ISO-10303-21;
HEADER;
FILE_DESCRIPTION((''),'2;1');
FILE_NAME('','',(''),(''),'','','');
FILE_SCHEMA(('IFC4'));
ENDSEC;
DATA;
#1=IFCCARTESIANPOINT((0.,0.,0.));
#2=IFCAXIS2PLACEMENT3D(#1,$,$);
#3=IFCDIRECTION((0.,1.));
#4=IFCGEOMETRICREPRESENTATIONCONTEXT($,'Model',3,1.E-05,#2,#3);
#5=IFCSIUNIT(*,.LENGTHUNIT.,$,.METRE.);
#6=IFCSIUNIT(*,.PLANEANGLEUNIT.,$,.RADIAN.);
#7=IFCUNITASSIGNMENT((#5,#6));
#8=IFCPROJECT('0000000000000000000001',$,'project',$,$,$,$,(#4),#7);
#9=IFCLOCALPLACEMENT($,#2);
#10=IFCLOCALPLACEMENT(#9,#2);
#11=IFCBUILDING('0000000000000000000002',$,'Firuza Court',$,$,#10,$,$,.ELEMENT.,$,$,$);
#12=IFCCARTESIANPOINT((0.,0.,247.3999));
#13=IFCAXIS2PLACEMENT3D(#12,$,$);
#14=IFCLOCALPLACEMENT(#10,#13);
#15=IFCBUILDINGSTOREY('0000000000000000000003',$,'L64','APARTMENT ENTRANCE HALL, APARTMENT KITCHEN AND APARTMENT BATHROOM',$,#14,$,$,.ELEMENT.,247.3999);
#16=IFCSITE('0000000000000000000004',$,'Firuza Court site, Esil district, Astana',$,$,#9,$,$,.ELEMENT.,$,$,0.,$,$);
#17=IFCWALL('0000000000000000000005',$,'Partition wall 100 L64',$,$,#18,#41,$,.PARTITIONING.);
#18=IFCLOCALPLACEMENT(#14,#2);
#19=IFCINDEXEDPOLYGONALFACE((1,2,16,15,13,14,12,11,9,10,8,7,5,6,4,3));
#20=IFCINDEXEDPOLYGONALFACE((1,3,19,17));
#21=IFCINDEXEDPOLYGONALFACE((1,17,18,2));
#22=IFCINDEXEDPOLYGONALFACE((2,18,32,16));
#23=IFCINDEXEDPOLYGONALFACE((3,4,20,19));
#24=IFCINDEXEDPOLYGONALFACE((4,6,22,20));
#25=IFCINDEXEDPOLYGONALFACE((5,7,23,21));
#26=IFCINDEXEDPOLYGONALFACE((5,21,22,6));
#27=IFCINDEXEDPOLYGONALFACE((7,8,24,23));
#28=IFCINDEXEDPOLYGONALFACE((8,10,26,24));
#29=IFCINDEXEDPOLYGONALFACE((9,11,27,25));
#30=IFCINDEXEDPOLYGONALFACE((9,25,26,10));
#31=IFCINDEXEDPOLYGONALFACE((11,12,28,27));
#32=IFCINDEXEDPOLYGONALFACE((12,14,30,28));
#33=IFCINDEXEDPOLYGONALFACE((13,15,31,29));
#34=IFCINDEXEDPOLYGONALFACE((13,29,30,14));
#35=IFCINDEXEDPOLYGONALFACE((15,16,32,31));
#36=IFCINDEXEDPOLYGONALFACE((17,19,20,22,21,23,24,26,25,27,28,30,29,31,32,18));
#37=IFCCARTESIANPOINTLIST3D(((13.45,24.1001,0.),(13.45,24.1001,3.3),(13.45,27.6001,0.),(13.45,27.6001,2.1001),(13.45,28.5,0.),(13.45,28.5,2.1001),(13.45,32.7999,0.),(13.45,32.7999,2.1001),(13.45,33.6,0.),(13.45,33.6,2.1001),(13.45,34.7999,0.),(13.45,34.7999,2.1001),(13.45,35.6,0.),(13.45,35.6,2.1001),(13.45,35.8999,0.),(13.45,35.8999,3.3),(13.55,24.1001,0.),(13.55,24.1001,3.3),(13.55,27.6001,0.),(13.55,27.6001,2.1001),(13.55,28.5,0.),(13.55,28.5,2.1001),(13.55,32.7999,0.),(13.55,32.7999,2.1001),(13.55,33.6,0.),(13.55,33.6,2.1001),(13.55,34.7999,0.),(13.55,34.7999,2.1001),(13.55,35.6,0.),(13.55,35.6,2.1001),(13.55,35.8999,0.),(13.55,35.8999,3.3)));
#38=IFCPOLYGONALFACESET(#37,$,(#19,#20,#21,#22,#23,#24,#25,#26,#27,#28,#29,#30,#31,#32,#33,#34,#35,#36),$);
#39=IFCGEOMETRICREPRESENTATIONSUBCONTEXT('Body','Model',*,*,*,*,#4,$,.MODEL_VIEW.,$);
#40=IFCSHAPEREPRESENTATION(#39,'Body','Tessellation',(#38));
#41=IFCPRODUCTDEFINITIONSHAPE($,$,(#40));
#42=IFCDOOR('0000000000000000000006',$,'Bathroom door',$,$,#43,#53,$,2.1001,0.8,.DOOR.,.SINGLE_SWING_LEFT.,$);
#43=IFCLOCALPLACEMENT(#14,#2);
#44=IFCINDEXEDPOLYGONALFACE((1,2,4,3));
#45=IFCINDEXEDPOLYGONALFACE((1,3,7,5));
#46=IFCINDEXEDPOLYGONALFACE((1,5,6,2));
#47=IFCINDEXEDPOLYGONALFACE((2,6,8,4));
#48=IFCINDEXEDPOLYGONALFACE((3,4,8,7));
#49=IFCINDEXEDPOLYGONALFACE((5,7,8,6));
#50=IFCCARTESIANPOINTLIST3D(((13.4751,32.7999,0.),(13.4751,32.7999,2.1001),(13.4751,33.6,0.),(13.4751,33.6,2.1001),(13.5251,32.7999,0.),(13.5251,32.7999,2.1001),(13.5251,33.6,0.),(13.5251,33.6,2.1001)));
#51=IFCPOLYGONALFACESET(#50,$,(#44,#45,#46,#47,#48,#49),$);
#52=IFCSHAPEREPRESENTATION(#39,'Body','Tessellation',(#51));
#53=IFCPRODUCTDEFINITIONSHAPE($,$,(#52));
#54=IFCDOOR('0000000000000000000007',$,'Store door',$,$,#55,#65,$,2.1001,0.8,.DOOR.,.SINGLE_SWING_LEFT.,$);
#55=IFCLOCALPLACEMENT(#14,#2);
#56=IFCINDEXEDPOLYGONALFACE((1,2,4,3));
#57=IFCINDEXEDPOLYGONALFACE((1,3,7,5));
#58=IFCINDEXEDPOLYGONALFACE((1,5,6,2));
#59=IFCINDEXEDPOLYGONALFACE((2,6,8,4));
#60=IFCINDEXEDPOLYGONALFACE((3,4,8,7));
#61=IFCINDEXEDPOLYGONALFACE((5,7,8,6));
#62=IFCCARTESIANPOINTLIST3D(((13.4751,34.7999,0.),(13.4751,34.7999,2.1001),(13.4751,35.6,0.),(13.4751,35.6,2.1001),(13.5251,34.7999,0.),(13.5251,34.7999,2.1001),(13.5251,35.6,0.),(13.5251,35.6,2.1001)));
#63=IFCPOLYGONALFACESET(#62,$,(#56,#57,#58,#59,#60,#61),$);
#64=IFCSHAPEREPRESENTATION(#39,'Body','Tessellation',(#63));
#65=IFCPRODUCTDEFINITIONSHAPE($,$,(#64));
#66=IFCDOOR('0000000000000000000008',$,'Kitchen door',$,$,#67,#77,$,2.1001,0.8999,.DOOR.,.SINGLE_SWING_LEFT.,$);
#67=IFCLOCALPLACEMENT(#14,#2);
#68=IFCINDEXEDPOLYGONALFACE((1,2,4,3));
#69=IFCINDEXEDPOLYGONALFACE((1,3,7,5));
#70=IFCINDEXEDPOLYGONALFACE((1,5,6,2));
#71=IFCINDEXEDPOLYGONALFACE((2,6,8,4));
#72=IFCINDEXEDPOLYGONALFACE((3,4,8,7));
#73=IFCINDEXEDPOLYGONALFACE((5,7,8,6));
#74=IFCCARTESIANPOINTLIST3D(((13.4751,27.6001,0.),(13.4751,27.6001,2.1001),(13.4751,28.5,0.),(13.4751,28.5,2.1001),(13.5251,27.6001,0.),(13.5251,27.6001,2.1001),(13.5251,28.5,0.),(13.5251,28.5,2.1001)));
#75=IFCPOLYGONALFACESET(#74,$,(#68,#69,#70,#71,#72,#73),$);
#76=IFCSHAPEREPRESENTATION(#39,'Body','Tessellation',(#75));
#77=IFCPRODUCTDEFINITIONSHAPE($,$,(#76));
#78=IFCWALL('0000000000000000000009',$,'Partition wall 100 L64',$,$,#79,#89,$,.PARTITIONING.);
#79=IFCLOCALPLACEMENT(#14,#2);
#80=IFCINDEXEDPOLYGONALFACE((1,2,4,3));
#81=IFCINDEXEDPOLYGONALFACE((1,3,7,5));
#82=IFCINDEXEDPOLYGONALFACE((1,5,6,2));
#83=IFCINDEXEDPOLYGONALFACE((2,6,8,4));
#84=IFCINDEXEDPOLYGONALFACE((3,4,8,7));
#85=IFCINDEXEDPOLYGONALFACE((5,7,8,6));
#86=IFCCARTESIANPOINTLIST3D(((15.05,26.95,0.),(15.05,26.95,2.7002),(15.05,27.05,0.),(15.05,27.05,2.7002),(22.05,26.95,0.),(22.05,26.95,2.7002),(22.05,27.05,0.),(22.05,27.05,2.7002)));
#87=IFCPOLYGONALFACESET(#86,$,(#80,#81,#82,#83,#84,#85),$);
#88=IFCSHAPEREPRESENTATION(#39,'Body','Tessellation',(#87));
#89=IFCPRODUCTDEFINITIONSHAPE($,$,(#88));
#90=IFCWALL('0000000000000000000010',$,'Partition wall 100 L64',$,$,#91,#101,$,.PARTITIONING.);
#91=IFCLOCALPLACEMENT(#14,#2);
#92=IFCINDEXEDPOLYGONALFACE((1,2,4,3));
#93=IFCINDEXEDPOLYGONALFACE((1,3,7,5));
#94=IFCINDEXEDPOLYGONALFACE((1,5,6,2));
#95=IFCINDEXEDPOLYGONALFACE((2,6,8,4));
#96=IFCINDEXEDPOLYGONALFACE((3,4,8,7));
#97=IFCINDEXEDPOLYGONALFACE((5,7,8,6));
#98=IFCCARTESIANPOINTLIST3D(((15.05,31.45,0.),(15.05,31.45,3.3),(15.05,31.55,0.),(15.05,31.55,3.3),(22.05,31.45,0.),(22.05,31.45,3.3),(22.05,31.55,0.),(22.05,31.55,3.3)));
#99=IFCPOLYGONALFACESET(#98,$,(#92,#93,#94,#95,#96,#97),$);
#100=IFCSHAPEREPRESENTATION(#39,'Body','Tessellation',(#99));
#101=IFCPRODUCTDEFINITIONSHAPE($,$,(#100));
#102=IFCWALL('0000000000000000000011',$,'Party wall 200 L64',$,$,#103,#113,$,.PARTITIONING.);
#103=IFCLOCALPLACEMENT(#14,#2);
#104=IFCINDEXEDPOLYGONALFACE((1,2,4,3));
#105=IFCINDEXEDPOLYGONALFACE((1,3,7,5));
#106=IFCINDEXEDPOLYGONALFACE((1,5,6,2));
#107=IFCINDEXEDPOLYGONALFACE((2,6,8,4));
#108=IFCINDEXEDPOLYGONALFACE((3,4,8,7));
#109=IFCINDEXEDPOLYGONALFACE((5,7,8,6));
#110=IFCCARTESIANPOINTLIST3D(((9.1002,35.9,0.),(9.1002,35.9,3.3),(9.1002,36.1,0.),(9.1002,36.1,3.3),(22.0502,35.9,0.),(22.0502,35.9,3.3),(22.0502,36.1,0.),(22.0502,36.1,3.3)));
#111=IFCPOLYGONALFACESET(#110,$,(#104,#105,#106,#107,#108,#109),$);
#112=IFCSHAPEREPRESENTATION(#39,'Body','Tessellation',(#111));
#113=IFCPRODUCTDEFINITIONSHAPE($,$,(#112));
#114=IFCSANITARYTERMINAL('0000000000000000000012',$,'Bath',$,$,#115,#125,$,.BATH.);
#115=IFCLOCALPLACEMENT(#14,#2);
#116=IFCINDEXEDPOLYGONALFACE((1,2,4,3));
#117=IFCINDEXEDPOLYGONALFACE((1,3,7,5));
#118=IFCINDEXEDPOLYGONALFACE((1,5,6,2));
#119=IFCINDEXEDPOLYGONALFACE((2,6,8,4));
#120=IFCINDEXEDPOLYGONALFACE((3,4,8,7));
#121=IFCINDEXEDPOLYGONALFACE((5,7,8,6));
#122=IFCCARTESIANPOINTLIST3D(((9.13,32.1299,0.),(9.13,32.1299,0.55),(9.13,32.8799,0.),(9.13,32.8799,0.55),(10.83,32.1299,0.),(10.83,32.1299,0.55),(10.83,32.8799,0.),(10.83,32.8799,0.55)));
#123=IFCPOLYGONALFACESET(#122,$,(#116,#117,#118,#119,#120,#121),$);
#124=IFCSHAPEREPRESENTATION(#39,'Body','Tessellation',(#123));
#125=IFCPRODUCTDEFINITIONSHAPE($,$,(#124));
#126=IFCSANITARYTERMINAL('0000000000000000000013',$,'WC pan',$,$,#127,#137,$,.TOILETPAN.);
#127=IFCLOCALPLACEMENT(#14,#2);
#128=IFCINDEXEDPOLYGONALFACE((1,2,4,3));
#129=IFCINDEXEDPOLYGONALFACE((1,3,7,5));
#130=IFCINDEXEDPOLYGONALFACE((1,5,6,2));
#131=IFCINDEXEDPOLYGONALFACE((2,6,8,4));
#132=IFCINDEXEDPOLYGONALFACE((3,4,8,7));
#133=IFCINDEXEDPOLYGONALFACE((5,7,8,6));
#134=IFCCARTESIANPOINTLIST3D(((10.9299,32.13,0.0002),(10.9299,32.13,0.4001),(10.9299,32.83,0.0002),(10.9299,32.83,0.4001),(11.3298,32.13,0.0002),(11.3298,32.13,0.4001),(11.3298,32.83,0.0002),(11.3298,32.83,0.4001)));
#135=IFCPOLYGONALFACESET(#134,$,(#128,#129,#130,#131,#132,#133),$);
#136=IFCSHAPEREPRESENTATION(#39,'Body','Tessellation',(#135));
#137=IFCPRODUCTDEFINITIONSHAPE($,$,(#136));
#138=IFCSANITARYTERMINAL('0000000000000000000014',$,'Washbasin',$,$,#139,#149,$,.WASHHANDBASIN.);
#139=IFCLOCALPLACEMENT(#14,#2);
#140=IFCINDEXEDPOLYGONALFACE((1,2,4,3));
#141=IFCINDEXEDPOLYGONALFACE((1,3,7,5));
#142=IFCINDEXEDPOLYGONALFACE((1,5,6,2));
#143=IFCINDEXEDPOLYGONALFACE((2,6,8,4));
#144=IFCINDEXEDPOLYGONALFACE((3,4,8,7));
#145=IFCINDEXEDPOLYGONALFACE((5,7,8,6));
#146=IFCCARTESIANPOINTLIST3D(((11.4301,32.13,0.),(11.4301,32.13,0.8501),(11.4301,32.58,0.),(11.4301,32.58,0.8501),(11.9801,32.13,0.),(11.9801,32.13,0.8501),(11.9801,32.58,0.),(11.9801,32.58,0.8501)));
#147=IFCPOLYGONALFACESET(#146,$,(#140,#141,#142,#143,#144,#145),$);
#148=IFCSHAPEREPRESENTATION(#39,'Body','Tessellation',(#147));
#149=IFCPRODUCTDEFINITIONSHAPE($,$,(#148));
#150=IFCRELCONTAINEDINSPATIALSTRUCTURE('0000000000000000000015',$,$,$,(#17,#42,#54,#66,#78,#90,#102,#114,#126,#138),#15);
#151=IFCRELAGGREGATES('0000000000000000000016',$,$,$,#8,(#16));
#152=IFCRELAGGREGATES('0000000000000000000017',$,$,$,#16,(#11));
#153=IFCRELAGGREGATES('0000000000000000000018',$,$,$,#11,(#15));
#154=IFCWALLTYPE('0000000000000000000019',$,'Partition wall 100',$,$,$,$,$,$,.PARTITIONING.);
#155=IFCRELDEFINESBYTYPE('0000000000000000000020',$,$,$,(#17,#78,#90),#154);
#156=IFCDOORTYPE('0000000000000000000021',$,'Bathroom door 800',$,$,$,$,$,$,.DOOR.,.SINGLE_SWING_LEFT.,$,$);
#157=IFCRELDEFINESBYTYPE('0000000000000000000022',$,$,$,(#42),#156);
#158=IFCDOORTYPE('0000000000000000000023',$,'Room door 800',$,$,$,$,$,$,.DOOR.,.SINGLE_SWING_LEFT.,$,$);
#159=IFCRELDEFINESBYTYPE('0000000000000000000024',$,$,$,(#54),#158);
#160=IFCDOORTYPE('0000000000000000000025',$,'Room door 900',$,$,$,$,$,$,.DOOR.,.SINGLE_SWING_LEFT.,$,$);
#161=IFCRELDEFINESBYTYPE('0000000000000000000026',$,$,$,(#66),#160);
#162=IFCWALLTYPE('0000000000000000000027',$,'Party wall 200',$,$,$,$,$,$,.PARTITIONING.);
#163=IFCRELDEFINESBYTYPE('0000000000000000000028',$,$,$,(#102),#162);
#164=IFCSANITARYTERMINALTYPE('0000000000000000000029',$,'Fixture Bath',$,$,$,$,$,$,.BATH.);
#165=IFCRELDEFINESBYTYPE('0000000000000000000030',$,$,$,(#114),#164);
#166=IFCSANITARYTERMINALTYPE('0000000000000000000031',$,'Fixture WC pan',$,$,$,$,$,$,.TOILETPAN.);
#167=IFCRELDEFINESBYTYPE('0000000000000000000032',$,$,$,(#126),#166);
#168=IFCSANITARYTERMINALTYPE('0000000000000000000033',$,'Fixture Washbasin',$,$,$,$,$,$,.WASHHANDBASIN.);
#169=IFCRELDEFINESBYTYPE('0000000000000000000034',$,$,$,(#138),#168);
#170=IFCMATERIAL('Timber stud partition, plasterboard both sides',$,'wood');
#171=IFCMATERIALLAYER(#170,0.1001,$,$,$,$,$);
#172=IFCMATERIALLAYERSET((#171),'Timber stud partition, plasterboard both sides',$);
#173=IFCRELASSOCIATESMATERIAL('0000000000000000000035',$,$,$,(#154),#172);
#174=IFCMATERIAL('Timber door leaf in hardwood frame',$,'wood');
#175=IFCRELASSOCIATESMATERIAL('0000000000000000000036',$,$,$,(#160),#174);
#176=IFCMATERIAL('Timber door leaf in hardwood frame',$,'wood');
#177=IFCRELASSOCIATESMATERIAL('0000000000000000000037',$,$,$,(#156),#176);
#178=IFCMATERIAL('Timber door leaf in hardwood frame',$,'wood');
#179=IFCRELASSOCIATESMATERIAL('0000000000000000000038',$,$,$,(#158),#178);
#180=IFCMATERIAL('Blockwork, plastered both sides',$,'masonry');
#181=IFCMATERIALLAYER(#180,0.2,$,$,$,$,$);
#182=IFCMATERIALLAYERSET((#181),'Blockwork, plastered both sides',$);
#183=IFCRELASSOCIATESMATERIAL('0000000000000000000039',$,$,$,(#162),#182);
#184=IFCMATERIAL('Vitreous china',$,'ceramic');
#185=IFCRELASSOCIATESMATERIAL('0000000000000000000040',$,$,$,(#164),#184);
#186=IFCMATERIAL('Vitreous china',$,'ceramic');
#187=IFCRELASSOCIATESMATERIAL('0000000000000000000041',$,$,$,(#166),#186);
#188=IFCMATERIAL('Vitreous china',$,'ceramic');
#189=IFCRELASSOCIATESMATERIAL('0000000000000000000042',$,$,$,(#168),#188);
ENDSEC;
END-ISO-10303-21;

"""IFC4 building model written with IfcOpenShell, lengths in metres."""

from ifc_helpers import new_model, si_unit, direction, frame, frame_2d, origin, origin_2d, place, context, subcontext, project, spatial, rectangle, extrude, material, layer, layer_set, type_object, element, fill, save


model = new_model("IFC4")

# Units and contexts
model_context = context("Model", 3, precision=1e-05, world=origin(), true_north=direction((0.0, 1.0)))
body_context = subcontext(model_context, "Body", "Model", "MODEL_VIEW")
ifc_project = project(units=[si_unit("LENGTHUNIT", "METRE"), si_unit("PLANEANGLEUNIT", "RADIAN")], contexts=[model_context])

# Site, building, storey
site_placement = place(None, origin())
site = spatial("IfcSite", under=ifc_project, at=site_placement, Name="Firuza Court site, Esil district, Astana", CompositionType="ELEMENT", RefElevation=0.0)
building_placement = place(site_placement, origin())
building = spatial("IfcBuilding", under=site, at=building_placement, Name="Firuza Court", CompositionType="ELEMENT")
storey_placement = place(building_placement, frame((0.0, 0.0, 247.3999)))
storey = spatial("IfcBuildingStorey", under=building, at=storey_placement, Name="L64", Description="APARTMENT ENTRANCE HALL, APARTMENT KITCHEN AND APARTMENT BATHROOM", CompositionType="ELEMENT", Elevation=247.3999)

# Shared definitions
ifc_material_1 = material(Name="Blockwork, plastered both sides", Category="masonry")

# Shared definitions
ifc_material_2 = material(Name="Timber stud partition, plasterboard both sides", Category="wood")
ifc_layer_1 = layer(ifc_material_2, 0.1001)
ifc_layer_set_1 = layer_set([ifc_layer_1], Name="Timber stud partition, plasterboard both sides")
wall_type_1 = type_object("IfcWallType", Name="Partition wall 100", PredefinedType="PARTITIONING", material=ifc_layer_set_1)
ifc_material_3 = material(Name="Timber door leaf in hardwood frame", Category="wood")
door_type_1 = type_object("IfcDoorType", Name="Room door 900", OperationType="SINGLE_SWING_LEFT", PredefinedType="DOOR", material=ifc_material_3)

# Wall, openings, doors
wall_1_placement = place(storey_placement, frame((13.5, 24.1001, 0.0), z_axis=(0.0, 0.0, 1.0), x_axis=(0.0, 1.0, 0.0)))
wall_1 = element("IfcWall", 1, at=wall_1_placement, inside=storey, type_object=wall_type_1, Name="Partition wall 100 L64", PredefinedType="PARTITIONING", context=body_context, shape_type="SweptSolid", body=[
    extrude(rectangle(XDim=11.7998, YDim=0.1001, at=frame_2d((5.8999, 0.0))), origin(), (0.0, 0.0, 1.0), 3.3),
])
opening_1_placement = place(wall_1_placement, frame((8.7, 0.0, 0.0)))
opening_1 = element("IfcOpeningElement", 2, at=opening_1_placement, cuts=wall_1, PredefinedType="OPENING", context=body_context, shape_type="SweptSolid", body=[
    extrude(rectangle(XDim=0.8, YDim=2.1001, at=frame_2d((0.3999, 1.05))), frame((0.0, 0.062, 0.0), z_axis=(0.0, -1.0, 0.0), x_axis=(1.0, 0.0, 0.0)), (0.0, 0.0, 1.0), 0.124),
])
opening_2_placement = place(wall_1_placement, frame((3.5, 0.0, 0.0)))
opening_2 = element("IfcOpeningElement", 3, at=opening_2_placement, cuts=wall_1, PredefinedType="OPENING", context=body_context, shape_type="SweptSolid", body=[
    extrude(rectangle(XDim=0.8999, YDim=2.1001, at=frame_2d((0.45, 1.05))), frame((0.0, 0.062, 0.0), z_axis=(0.0, -1.0, 0.0), x_axis=(1.0, 0.0, 0.0)), (0.0, 0.0, 1.0), 0.124),
])
opening_3_placement = place(wall_1_placement, frame((10.7, 0.0, 0.0)))
opening_3 = element("IfcOpeningElement", 4, at=opening_3_placement, cuts=wall_1, PredefinedType="OPENING", context=body_context, shape_type="SweptSolid", body=[
    extrude(rectangle(XDim=0.8, YDim=2.1001, at=frame_2d((0.3999, 1.05))), frame((0.0, 0.062, 0.0), z_axis=(0.0, -1.0, 0.0), x_axis=(1.0, 0.0, 0.0)), (0.0, 0.0, 1.0), 0.124),
])
ifc_material_4 = material(Name="Timber door leaf in hardwood frame", Category="wood")
door_type_2 = type_object("IfcDoorType", Name="Bathroom door 800", OperationType="SINGLE_SWING_LEFT", PredefinedType="DOOR", material=ifc_material_4)
door_1_placement = place(opening_1_placement, origin())
door_1 = element("IfcDoor", 5, at=door_1_placement, inside=storey, type_object=door_type_2, Name="Bathroom door", OperationType="SINGLE_SWING_LEFT", OverallHeight=2.1001, OverallWidth=0.8, PredefinedType="DOOR", context=body_context, shape_type="SweptSolid", body=[
    extrude(rectangle(XDim=0.8, YDim=2.1001, at=frame_2d((0.3999, 1.05))), frame((0.0, 0.0249, 0.0), z_axis=(0.0, -1.0, 0.0), x_axis=(1.0, 0.0, 0.0)), (0.0, 0.0, 1.0), 0.05),
])
fill(opening_1, door_1)
ifc_material_5 = material(Name="Timber door leaf in hardwood frame", Category="wood")
door_type_3 = type_object("IfcDoorType", Name="Room door 800", OperationType="SINGLE_SWING_LEFT", PredefinedType="DOOR", material=ifc_material_5)
door_2_placement = place(opening_3_placement, origin())
door_2 = element("IfcDoor", 6, at=door_2_placement, inside=storey, type_object=door_type_3, Name="Store door", OperationType="SINGLE_SWING_LEFT", OverallHeight=2.1001, OverallWidth=0.8, PredefinedType="DOOR", context=body_context, shape_type="SweptSolid", body=[
    extrude(rectangle(XDim=0.8, YDim=2.1001, at=frame_2d((0.3999, 1.05))), frame((0.0, 0.0249, 0.0), z_axis=(0.0, -1.0, 0.0), x_axis=(1.0, 0.0, 0.0)), (0.0, 0.0, 1.0), 0.05),
])
fill(opening_3, door_2)
door_3_placement = place(opening_2_placement, origin())
door_3 = element("IfcDoor", 7, at=door_3_placement, inside=storey, type_object=door_type_1, Name="Kitchen door", OperationType="SINGLE_SWING_LEFT", OverallHeight=2.1001, OverallWidth=0.8999, PredefinedType="DOOR", context=body_context, shape_type="SweptSolid", body=[
    extrude(rectangle(XDim=0.8999, YDim=2.1001, at=frame_2d((0.45, 1.05))), frame((0.0, 0.0249, 0.0), z_axis=(0.0, -1.0, 0.0), x_axis=(1.0, 0.0, 0.0)), (0.0, 0.0, 1.0), 0.05),
])
fill(opening_2, door_3)

# Walls
wall_2_placement = place(storey_placement, frame((15.05, 27.0, 0.0), z_axis=(0.0, 0.0, 1.0), x_axis=(1.0, 0.0, 0.0)))
element("IfcWall", 8, at=wall_2_placement, inside=storey, type_object=wall_type_1, Name="Partition wall 100 L64", PredefinedType="PARTITIONING", context=body_context, shape_type="SweptSolid", body=[
    extrude(rectangle(XDim=7.0, YDim=0.1001, at=frame_2d((3.5, 0.0))), origin(), (0.0, 0.0, 1.0), 2.7002),
])
wall_3_placement = place(storey_placement, frame((15.05, 31.5, 0.0), z_axis=(0.0, 0.0, 1.0), x_axis=(1.0, 0.0, 0.0)))
element("IfcWall", 9, at=wall_3_placement, inside=storey, type_object=wall_type_1, Name="Partition wall 100 L64", PredefinedType="PARTITIONING", context=body_context, shape_type="SweptSolid", body=[
    extrude(rectangle(XDim=7.0, YDim=0.1001, at=frame_2d((3.5, 0.0))), origin(), (0.0, 0.0, 1.0), 3.3),
])
ifc_layer_2 = layer(ifc_material_1, 0.2)
ifc_layer_set_2 = layer_set([ifc_layer_2], Name="Blockwork, plastered both sides")
wall_type_2 = type_object("IfcWallType", Name="Party wall 200", PredefinedType="PARTITIONING", material=ifc_layer_set_2)
wall_4_placement = place(storey_placement, frame((9.1001, 36.0, 0.0), z_axis=(0.0, 0.0, 1.0), x_axis=(1.0, 0.0, 0.0)))
element("IfcWall", 10, at=wall_4_placement, inside=storey, type_object=wall_type_2, Name="Party wall 200 L64", PredefinedType="PARTITIONING", context=body_context, shape_type="SweptSolid", body=[
    extrude(rectangle(XDim=12.95, YDim=0.2, at=frame_2d((6.4751, 0.0))), origin(), (0.0, 0.0, 1.0), 3.3),
])

# Sanitary terminals
ifc_material_6 = material(Name="Vitreous china", Category="ceramic")
sanitary_terminal_type_1 = type_object("IfcSanitaryTerminalType", Name="Fixture Bath", PredefinedType="BATH", material=ifc_material_6)
sanitary_terminal_1_placement = place(storey_placement, frame((9.98, 32.5049, 0.0), z_axis=(0.0, 0.0, 1.0), x_axis=(1.0, 0.0, 0.0)))
element("IfcSanitaryTerminal", 11, at=sanitary_terminal_1_placement, inside=storey, type_object=sanitary_terminal_type_1, Name="Bath", PredefinedType="BATH", context=body_context, shape_type="SweptSolid", body=[
    extrude(rectangle(XDim=1.7, YDim=0.75, at=origin_2d()), origin(), (0.0, 0.0, 1.0), 0.55),
])
ifc_material_7 = material(Name="Vitreous china", Category="ceramic")
sanitary_terminal_type_2 = type_object("IfcSanitaryTerminalType", Name="Fixture WC pan", PredefinedType="TOILETPAN", material=ifc_material_7)
sanitary_terminal_2_placement = place(storey_placement, frame((11.1299, 32.48, 0.0002), z_axis=(0.0, 0.0, 1.0), x_axis=(1.0, 0.0, 0.0)))
element("IfcSanitaryTerminal", 12, at=sanitary_terminal_2_placement, inside=storey, type_object=sanitary_terminal_type_2, Name="WC pan", PredefinedType="TOILETPAN", context=body_context, shape_type="SweptSolid", body=[
    extrude(rectangle(XDim=0.3999, YDim=0.7, at=origin_2d()), origin(), (0.0, 0.0, 1.0), 0.3999),
])
ifc_material_8 = material(Name="Vitreous china", Category="ceramic")
sanitary_terminal_type_3 = type_object("IfcSanitaryTerminalType", Name="Fixture Washbasin", PredefinedType="WASHHANDBASIN", material=ifc_material_8)
sanitary_terminal_3_placement = place(storey_placement, frame((11.7051, 32.355, 0.0), z_axis=(0.0, 0.0, 1.0), x_axis=(1.0, 0.0, 0.0)))
element("IfcSanitaryTerminal", 13, at=sanitary_terminal_3_placement, inside=storey, type_object=sanitary_terminal_type_3, Name="Washbasin", PredefinedType="WASHHANDBASIN", context=body_context, shape_type="SweptSolid", body=[
    extrude(rectangle(XDim=0.55, YDim=0.45, at=origin_2d()), origin(), (0.0, 0.0, 1.0), 0.8501),
])

save(model, "model.ifc")
